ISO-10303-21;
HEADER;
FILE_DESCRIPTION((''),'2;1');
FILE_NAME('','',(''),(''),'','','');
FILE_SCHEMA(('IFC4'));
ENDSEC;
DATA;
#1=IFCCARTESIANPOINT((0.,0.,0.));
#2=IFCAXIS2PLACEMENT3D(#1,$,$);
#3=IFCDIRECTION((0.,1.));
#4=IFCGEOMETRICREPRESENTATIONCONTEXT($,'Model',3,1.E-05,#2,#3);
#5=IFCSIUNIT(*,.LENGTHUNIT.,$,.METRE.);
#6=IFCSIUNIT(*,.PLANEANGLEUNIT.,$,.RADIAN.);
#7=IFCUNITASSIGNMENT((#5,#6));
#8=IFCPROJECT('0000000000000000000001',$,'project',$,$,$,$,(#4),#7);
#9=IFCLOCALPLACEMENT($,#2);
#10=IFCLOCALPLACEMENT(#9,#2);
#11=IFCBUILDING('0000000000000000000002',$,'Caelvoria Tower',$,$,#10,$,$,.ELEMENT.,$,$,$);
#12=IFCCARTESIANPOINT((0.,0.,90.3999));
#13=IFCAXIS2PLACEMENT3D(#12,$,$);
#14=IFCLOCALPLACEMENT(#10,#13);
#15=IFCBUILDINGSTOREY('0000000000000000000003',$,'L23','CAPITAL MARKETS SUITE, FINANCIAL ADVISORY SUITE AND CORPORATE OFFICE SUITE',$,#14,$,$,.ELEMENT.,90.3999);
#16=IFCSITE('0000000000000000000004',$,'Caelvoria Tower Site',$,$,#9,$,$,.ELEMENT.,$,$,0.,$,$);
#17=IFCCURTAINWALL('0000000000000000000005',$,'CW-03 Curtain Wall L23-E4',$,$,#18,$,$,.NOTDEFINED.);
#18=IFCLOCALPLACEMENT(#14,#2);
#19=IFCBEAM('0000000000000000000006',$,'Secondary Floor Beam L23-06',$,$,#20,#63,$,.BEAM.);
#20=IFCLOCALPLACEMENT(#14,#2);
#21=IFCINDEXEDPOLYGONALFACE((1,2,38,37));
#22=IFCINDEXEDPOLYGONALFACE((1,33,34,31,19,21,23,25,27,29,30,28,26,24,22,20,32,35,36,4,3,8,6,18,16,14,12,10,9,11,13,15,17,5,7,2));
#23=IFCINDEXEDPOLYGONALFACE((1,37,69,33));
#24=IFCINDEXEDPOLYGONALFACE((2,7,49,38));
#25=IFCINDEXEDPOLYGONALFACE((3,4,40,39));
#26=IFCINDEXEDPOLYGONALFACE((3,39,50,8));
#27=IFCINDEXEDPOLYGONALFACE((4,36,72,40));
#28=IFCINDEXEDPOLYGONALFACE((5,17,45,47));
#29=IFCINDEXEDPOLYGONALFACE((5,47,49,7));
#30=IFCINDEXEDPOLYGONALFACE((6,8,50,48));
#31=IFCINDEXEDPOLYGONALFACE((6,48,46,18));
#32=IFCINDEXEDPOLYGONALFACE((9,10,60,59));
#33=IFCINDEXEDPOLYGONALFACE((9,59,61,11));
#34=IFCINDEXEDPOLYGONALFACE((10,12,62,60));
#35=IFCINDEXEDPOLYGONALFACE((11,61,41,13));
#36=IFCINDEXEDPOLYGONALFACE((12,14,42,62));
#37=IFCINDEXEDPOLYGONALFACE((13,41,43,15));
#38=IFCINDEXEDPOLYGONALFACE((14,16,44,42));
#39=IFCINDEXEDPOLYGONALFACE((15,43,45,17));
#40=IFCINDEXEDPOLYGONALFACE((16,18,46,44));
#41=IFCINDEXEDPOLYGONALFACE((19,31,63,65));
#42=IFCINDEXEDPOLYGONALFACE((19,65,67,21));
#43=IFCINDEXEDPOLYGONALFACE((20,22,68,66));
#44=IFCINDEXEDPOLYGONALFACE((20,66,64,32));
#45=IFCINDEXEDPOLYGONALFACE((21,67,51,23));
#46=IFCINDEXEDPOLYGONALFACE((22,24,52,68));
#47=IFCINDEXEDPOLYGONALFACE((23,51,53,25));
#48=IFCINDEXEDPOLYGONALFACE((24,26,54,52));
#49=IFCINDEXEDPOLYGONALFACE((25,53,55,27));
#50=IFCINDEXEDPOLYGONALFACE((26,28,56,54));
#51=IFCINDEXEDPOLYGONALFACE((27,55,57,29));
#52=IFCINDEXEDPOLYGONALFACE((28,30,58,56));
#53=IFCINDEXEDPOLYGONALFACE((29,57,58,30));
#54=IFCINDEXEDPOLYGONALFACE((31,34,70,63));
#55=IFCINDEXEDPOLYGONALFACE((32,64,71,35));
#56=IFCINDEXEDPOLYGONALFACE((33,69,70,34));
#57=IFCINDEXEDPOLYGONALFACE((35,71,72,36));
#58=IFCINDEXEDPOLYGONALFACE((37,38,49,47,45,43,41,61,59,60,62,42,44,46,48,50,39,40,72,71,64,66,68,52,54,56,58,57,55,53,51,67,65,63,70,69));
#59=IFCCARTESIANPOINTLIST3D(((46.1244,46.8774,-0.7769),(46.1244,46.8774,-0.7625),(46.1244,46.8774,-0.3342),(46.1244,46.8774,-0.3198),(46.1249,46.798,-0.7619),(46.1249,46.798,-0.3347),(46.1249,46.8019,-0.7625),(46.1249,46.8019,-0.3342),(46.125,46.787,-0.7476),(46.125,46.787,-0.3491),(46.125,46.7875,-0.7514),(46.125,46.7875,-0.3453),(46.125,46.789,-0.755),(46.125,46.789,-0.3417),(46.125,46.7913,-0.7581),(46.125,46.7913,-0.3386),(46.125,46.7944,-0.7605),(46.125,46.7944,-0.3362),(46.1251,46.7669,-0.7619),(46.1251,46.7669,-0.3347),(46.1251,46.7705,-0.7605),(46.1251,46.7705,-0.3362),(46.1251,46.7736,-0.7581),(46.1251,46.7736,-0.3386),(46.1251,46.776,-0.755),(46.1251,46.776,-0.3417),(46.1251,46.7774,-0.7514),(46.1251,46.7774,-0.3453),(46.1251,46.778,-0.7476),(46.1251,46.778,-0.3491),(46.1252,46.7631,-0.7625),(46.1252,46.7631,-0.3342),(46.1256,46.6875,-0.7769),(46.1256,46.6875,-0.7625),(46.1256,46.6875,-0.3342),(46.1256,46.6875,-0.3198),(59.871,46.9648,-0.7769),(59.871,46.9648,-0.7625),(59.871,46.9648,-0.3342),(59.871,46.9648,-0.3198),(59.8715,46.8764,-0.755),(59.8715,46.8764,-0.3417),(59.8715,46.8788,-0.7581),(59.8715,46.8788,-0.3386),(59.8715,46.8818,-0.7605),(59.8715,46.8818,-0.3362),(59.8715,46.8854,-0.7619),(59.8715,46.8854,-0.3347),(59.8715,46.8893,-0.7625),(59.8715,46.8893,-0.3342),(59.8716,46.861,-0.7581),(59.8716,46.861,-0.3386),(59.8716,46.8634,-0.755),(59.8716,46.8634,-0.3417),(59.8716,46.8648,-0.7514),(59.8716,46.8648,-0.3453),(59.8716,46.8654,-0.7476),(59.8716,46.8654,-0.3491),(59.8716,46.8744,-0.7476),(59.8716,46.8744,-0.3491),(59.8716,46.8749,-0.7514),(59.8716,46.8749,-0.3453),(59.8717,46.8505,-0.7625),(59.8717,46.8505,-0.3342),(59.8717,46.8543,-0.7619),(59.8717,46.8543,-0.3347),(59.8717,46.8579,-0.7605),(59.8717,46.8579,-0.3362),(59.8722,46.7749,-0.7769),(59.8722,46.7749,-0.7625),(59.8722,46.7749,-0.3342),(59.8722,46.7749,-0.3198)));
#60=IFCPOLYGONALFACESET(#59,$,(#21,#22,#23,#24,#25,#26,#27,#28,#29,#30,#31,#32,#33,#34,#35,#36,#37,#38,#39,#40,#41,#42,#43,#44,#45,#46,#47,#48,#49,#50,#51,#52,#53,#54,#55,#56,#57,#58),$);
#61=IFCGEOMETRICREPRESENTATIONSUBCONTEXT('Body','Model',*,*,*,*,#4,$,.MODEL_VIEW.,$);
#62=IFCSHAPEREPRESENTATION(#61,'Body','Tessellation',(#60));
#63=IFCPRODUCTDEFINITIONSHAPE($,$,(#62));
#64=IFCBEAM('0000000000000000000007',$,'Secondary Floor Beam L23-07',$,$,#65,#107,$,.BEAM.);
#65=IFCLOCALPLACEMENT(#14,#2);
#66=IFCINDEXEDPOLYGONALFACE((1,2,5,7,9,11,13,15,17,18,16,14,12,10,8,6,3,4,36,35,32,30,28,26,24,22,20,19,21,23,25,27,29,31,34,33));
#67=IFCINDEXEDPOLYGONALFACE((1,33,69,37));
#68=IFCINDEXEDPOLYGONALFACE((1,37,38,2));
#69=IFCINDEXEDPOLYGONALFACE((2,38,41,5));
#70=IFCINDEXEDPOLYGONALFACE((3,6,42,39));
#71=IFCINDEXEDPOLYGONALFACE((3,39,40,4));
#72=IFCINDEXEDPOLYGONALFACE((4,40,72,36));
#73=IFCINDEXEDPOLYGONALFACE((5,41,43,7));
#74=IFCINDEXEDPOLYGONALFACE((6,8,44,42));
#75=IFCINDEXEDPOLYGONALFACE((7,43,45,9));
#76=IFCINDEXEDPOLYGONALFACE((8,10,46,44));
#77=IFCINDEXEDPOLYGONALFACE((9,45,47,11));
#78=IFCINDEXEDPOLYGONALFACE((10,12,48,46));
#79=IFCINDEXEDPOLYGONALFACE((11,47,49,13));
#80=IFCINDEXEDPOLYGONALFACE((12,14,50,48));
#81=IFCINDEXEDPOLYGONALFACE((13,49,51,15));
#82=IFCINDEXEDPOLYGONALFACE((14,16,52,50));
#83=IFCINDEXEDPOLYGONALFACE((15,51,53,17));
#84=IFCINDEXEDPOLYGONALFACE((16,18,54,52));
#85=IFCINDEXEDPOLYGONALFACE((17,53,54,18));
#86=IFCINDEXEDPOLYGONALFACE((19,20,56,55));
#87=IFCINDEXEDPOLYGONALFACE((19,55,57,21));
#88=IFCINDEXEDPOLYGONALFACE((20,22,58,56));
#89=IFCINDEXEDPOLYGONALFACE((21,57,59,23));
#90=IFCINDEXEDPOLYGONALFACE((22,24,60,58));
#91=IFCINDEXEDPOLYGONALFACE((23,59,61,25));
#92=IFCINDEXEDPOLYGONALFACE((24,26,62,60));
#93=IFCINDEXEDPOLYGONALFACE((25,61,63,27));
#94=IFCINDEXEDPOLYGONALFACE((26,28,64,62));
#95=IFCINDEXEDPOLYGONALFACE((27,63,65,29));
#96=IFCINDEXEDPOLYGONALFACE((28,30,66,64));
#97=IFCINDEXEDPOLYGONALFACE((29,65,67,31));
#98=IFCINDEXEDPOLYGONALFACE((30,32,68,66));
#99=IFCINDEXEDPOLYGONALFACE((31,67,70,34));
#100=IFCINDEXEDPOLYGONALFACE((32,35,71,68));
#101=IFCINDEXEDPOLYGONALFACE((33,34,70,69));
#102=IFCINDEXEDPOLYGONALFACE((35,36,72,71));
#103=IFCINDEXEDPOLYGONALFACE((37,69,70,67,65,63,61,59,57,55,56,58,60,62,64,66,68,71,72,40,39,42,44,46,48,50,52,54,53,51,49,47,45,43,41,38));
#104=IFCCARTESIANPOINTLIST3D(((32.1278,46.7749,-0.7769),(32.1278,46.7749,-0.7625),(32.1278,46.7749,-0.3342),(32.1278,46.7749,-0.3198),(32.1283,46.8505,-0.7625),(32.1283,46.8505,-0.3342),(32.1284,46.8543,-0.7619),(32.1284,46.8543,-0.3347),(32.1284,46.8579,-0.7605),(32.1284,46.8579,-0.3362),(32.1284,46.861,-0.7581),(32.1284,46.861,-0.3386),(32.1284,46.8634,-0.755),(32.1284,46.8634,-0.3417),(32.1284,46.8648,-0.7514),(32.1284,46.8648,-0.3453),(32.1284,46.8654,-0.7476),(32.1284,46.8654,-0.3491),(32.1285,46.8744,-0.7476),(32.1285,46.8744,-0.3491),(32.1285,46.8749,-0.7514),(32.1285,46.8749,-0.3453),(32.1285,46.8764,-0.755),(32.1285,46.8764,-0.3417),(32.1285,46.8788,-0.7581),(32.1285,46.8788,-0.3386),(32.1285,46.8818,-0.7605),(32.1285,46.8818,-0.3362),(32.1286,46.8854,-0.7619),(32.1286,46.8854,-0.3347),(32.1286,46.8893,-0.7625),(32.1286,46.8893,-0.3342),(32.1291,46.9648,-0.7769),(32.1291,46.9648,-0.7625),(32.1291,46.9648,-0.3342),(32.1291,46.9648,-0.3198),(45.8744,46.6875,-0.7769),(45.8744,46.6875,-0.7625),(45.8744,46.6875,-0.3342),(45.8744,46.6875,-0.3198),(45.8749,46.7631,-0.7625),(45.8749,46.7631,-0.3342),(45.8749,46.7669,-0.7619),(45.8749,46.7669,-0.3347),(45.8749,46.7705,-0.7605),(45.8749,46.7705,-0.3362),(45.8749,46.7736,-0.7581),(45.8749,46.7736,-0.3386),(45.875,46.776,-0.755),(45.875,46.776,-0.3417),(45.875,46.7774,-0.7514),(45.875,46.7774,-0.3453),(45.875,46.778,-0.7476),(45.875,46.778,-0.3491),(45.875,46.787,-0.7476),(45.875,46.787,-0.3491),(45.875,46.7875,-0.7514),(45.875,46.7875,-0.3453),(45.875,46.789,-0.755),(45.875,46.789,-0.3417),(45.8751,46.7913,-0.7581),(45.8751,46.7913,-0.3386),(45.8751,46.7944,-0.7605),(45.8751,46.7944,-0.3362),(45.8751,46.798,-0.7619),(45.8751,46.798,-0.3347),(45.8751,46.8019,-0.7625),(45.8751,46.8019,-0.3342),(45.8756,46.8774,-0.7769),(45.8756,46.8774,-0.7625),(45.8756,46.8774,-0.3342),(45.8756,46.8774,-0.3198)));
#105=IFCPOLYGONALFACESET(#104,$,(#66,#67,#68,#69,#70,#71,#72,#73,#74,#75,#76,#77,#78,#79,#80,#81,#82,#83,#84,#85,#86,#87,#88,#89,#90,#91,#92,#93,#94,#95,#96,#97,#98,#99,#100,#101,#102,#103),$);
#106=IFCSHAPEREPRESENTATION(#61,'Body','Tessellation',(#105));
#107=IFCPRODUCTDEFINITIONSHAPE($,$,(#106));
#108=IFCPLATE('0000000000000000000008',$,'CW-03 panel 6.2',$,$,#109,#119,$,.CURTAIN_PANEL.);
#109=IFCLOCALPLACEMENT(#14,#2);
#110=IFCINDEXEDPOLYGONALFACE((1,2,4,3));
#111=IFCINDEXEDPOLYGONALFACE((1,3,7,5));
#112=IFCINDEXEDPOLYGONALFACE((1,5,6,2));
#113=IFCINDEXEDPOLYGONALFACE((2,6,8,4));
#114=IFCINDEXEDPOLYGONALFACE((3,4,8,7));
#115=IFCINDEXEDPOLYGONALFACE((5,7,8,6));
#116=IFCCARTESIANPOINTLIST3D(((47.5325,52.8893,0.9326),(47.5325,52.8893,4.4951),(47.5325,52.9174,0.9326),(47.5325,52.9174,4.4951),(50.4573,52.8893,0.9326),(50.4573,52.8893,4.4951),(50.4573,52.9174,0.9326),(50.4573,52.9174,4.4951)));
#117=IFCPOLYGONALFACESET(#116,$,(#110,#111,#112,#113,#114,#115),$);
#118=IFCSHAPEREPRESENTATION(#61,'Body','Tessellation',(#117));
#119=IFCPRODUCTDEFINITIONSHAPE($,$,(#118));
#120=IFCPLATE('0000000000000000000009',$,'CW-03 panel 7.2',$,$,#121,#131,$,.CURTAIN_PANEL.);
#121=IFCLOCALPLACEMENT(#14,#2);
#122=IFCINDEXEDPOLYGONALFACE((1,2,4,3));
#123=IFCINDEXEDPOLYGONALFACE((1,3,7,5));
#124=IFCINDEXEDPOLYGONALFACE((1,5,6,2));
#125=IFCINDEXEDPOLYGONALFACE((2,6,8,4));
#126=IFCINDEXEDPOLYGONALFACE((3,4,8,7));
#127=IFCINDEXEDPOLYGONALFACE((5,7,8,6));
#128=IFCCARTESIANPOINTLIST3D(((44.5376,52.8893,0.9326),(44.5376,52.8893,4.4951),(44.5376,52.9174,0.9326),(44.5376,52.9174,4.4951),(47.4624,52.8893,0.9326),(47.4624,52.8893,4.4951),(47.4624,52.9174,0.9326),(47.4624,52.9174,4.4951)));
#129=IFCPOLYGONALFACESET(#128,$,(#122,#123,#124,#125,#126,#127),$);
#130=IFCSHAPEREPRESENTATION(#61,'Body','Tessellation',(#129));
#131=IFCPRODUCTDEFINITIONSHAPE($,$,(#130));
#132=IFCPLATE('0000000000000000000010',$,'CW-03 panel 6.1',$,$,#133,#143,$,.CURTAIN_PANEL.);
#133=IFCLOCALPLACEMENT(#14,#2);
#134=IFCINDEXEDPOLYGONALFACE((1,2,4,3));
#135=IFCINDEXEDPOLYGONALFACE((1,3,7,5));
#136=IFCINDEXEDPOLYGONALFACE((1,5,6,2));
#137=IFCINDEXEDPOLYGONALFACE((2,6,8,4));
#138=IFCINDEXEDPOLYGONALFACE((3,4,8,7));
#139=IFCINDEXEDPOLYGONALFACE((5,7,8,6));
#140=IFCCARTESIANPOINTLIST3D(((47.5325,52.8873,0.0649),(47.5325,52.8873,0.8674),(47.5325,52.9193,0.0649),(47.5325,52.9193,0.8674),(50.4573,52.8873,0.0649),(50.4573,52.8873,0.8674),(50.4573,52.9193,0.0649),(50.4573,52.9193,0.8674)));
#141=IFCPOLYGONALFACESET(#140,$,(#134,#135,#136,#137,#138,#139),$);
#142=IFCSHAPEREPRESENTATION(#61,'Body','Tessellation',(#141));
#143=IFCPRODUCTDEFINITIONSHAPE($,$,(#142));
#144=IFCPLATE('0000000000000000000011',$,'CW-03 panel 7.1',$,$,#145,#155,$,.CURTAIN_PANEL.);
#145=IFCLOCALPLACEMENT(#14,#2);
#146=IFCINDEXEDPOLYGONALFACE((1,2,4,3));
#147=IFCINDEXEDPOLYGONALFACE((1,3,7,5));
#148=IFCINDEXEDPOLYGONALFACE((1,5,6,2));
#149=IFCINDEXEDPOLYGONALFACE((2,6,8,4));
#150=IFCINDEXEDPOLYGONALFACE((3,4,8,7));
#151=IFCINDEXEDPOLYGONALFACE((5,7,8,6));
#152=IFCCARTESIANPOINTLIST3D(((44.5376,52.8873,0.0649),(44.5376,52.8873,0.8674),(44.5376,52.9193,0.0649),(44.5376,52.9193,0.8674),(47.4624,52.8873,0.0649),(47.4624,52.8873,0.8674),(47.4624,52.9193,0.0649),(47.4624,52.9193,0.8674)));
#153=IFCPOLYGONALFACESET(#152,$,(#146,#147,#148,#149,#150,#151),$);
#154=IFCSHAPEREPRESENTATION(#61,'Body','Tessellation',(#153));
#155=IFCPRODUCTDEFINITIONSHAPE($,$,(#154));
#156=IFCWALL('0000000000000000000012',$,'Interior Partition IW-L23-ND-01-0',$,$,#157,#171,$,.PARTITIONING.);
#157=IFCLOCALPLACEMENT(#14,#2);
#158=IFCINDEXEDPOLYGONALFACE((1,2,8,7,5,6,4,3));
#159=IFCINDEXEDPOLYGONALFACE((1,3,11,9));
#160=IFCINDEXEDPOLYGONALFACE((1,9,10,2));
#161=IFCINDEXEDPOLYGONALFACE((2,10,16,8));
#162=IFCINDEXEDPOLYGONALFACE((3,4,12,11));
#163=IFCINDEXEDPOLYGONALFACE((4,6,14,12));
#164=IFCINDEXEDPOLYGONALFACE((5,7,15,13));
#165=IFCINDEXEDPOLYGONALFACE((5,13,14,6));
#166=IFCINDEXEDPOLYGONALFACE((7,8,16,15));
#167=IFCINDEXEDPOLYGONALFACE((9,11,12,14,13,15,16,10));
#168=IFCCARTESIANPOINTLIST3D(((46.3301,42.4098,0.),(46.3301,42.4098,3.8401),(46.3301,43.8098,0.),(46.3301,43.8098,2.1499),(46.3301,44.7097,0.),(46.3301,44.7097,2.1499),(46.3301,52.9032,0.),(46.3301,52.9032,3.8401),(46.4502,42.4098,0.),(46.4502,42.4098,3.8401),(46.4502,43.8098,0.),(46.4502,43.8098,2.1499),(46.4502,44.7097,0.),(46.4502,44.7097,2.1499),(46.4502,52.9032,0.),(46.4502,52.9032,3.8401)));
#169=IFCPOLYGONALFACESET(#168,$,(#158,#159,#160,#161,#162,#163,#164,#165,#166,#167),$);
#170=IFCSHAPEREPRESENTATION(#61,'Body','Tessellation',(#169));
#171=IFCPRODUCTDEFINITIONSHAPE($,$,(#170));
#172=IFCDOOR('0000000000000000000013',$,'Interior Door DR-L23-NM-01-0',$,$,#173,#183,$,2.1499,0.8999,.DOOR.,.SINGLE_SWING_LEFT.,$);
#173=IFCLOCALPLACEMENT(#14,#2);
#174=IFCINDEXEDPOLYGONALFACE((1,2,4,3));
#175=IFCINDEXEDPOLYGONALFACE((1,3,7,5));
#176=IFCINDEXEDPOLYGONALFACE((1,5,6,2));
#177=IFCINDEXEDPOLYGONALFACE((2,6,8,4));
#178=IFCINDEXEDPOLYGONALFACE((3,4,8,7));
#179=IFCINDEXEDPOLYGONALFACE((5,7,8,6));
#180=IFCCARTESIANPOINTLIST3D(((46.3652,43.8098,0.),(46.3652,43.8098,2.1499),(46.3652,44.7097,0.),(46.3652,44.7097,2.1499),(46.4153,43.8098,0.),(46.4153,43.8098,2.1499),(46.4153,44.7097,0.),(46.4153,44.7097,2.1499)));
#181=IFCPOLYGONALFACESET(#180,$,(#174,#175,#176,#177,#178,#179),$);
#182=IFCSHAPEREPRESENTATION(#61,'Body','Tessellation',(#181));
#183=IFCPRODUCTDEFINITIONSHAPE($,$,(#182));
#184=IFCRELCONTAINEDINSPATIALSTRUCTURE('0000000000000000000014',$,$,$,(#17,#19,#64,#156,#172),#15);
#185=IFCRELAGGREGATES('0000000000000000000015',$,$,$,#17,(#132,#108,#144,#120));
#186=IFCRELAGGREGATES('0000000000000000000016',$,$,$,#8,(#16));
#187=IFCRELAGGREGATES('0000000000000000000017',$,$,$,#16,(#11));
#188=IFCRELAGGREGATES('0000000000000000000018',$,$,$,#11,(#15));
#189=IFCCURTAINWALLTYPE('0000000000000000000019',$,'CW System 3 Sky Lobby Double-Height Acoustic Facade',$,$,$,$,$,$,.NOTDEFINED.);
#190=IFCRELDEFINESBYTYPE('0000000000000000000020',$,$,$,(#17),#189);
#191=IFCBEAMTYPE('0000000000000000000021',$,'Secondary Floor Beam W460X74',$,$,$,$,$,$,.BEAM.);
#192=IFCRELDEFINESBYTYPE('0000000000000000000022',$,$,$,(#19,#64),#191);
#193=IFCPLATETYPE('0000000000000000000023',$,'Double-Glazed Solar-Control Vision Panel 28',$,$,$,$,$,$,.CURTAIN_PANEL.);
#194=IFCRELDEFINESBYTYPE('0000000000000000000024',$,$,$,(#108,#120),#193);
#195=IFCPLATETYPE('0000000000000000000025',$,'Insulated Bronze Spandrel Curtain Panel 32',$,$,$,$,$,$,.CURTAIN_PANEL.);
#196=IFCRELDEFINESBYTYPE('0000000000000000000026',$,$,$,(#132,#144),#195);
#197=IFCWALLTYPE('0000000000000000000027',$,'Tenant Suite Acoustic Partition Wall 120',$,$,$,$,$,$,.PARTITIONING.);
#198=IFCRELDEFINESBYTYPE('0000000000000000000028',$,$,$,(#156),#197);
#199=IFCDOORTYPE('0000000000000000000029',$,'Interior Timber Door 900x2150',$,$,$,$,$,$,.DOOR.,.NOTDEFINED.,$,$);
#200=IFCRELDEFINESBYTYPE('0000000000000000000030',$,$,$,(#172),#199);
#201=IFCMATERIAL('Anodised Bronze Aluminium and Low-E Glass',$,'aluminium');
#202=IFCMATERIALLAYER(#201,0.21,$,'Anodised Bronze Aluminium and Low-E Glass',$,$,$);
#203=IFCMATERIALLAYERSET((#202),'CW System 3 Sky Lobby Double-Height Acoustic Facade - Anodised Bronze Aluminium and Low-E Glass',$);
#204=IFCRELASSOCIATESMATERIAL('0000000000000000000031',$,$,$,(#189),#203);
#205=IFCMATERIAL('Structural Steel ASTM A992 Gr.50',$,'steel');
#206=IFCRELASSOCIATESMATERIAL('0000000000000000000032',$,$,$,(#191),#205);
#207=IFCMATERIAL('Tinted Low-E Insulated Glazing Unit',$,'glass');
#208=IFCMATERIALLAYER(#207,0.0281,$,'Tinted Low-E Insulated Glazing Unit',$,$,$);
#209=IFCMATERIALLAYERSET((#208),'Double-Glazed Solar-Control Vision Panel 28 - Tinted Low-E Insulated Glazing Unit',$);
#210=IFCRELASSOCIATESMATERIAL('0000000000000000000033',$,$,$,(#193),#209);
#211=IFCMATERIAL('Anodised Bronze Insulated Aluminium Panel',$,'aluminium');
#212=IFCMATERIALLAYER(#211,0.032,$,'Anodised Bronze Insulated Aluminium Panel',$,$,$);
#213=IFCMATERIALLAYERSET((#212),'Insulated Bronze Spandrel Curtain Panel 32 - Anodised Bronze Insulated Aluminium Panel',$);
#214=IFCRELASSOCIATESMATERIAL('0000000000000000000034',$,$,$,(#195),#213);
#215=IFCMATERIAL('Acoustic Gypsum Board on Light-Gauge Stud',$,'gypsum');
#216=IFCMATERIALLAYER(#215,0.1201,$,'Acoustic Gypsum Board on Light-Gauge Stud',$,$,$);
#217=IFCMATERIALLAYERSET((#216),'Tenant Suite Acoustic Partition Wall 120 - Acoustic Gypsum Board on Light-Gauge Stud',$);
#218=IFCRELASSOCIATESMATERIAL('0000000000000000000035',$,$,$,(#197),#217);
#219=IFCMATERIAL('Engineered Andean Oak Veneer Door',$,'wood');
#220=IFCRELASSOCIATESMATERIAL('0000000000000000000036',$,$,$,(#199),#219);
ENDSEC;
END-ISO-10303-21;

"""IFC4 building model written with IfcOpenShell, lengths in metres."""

from ifc_helpers import new_model, si_unit, direction, frame, frame_2d, origin, origin_2d, place, context, subcontext, project, spatial, rectangle, i_section, extrude, material, layer, layer_set, material_profile, profile_set, type_object, element, fill, aggregate, save


model = new_model("IFC4")

# Units and contexts
model_context = context("Model", 3, precision=1e-05, world=origin(), true_north=direction((0.0, 1.0)))
body_context = subcontext(model_context, "Body", "Model", "MODEL_VIEW")
ifc_project = project(units=[si_unit("LENGTHUNIT", "METRE"), si_unit("PLANEANGLEUNIT", "RADIAN")], contexts=[model_context])

# Site, building, storey
site_placement = place(None, origin())
site = spatial("IfcSite", under=ifc_project, at=site_placement, Name="Caelvoria Tower Site", CompositionType="ELEMENT", RefElevation=0.0)
building_placement = place(site_placement, origin())
building = spatial("IfcBuilding", under=site, at=building_placement, Name="Caelvoria Tower", CompositionType="ELEMENT")
storey_placement = place(building_placement, frame((0.0, 0.0, 90.3999)))
storey = spatial("IfcBuildingStorey", under=building, at=storey_placement, Name="L23", Description="CAPITAL MARKETS SUITE, FINANCIAL ADVISORY SUITE AND CORPORATE OFFICE SUITE", CompositionType="ELEMENT", Elevation=90.3999)

# Curtain wall
ifc_material_1 = material(Name="Anodised Bronze Aluminium and Low-E Glass", Category="aluminium")
ifc_layer_1 = layer(ifc_material_1, 0.21, Name="Anodised Bronze Aluminium and Low-E Glass")
ifc_layer_set_1 = layer_set([ifc_layer_1], Name="CW System 3 Sky Lobby Double-Height Acoustic Facade - Anodised Bronze Aluminium and Low-E Glass")
curtain_wall_type = type_object("IfcCurtainWallType", Name="CW System 3 Sky Lobby Double-Height Acoustic Facade", PredefinedType="NOTDEFINED", material=ifc_layer_set_1)
curtain_wall_placement = place(storey_placement, origin())
curtain_wall = element("IfcCurtainWall", 1, at=curtain_wall_placement, inside=storey, type_object=curtain_wall_type, Name="CW-03 Curtain Wall L23-E4", PredefinedType="NOTDEFINED")

# Beams
ifc_material_2 = material(Name="Structural Steel ASTM A992 Gr.50", Category="steel")
ifc_material_profile_1 = material_profile(ifc_material_2, i_section(OverallWidth=0.1899, OverallDepth=0.457, WebThickness=0.009, FlangeThickness=0.0144, FilletRadius=0.0149, at=origin_2d()), Name="Structural Steel ASTM A992 Gr.50")
ifc_profile_set_1 = profile_set([ifc_material_profile_1], Name="W460X74 - Structural Steel ASTM A992 Gr.50")
beam_type = type_object("IfcBeamType", Name="Secondary Floor Beam W460X74", PredefinedType="BEAM", material=ifc_profile_set_1)
for number, where, z_axis, x_axis, name in (
    (2, (59.8716, 46.8699, -0.5483), (-0.99998, -0.006358, 0.0), (0.006358, -0.99998, 0.0), "Secondary Floor Beam L23-06"),
    (3, (45.875, 46.7825, -0.5483), (-0.99998, 0.006358, 0.0), (-0.006358, -0.99998, 0.0), "Secondary Floor Beam L23-07"),
):
    element("IfcBeam", number, at=place(storey_placement, frame(where, z_axis=z_axis, x_axis=x_axis)), inside=storey, type_object=beam_type, Name=name, PredefinedType="BEAM", context=body_context, shape_type="SweptSolid", body=[
        extrude(i_section(OverallWidth=0.1899, OverallDepth=0.457, WebThickness=0.009, FlangeThickness=0.0144, FilletRadius=0.0149, at=origin_2d()), origin(), (0.0, 0.0, 1.0), 13.7468),
    ])

# Plates
ifc_material_3 = material(Name="Tinted Low-E Insulated Glazing Unit", Category="glass")
ifc_layer_2 = layer(ifc_material_3, 0.0281, Name="Tinted Low-E Insulated Glazing Unit")
ifc_layer_set_2 = layer_set([ifc_layer_2], Name="Double-Glazed Solar-Control Vision Panel 28 - Tinted Low-E Insulated Glazing Unit")
plate_type_1 = type_object("IfcPlateType", Name="Double-Glazed Solar-Control Vision Panel 28", PredefinedType="CURTAIN_PANEL", material=ifc_layer_set_2)
plate_1_placement = place(storey_placement, frame((48.9949, 52.9033, 0.9326), z_axis=(0.0, 0.0, 1.0), x_axis=(-1.0, 0.0, 0.0)))
plate_1 = element("IfcPlate", 4, at=plate_1_placement, type_object=plate_type_1, Name="CW-03 panel 6.2", PredefinedType="CURTAIN_PANEL", context=body_context, shape_type="SweptSolid", body=[
    extrude(rectangle(XDim=2.9248, YDim=0.0281, at=origin_2d()), origin(), (0.0, 0.0, 1.0), 3.5625),
])
plate_2_placement = place(storey_placement, frame((46.0, 52.9033, 0.9326), z_axis=(0.0, 0.0, 1.0), x_axis=(-1.0, 0.0, 0.0)))
plate_2 = element("IfcPlate", 5, at=plate_2_placement, type_object=plate_type_1, Name="CW-03 panel 7.2", PredefinedType="CURTAIN_PANEL", context=body_context, shape_type="SweptSolid", body=[
    extrude(rectangle(XDim=2.9248, YDim=0.0281, at=origin_2d()), origin(), (0.0, 0.0, 1.0), 3.5625),
])
ifc_material_4 = material(Name="Anodised Bronze Insulated Aluminium Panel", Category="aluminium")
ifc_layer_3 = layer(ifc_material_4, 0.032, Name="Anodised Bronze Insulated Aluminium Panel")
ifc_layer_set_3 = layer_set([ifc_layer_3], Name="Insulated Bronze Spandrel Curtain Panel 32 - Anodised Bronze Insulated Aluminium Panel")
plate_type_2 = type_object("IfcPlateType", Name="Insulated Bronze Spandrel Curtain Panel 32", PredefinedType="CURTAIN_PANEL", material=ifc_layer_set_3)
plate_3_placement = place(storey_placement, frame((48.9949, 52.9033, 0.0649), z_axis=(0.0, 0.0, 1.0), x_axis=(-1.0, 0.0, 0.0)))
plate_3 = element("IfcPlate", 6, at=plate_3_placement, type_object=plate_type_2, Name="CW-03 panel 6.1", PredefinedType="CURTAIN_PANEL", context=body_context, shape_type="SweptSolid", body=[
    extrude(rectangle(XDim=2.9248, YDim=0.032, at=origin_2d()), origin(), (0.0, 0.0, 1.0), 0.8025),
])
plate_4_placement = place(storey_placement, frame((46.0, 52.9033, 0.0649), z_axis=(0.0, 0.0, 1.0), x_axis=(-1.0, 0.0, 0.0)))
plate_4 = element("IfcPlate", 7, at=plate_4_placement, type_object=plate_type_2, Name="CW-03 panel 7.1", PredefinedType="CURTAIN_PANEL", context=body_context, shape_type="SweptSolid", body=[
    extrude(rectangle(XDim=2.9248, YDim=0.032, at=origin_2d()), origin(), (0.0, 0.0, 1.0), 0.8025),
])
aggregate(curtain_wall, [plate_3, plate_1, plate_4, plate_2])

# Wall, opening, door
ifc_material_5 = material(Name="Acoustic Gypsum Board on Light-Gauge Stud", Category="gypsum")
ifc_layer_4 = layer(ifc_material_5, 0.1201, Name="Acoustic Gypsum Board on Light-Gauge Stud")
ifc_layer_set_4 = layer_set([ifc_layer_4], Name="Tenant Suite Acoustic Partition Wall 120 - Acoustic Gypsum Board on Light-Gauge Stud")
wall_type = type_object("IfcWallType", Name="Tenant Suite Acoustic Partition Wall 120", PredefinedType="PARTITIONING", material=ifc_layer_set_4)
wall_1_placement = place(storey_placement, frame((46.3901, 42.4099, 0.0), z_axis=(0.0, 0.0, 1.0), x_axis=(0.0, 1.0, 0.0)))
wall_1 = element("IfcWall", 8, at=wall_1_placement, inside=storey, type_object=wall_type, Name="Interior Partition IW-L23-ND-01-0", PredefinedType="PARTITIONING", context=body_context, shape_type="SweptSolid", body=[
    extrude(rectangle(XDim=10.4934, YDim=0.1201, at=frame_2d((5.2466, 0.0))), origin(), (0.0, 0.0, 1.0), 3.8401),
])
opening_1_placement = place(wall_1_placement, frame((1.3999, 0.0, 0.0)))
opening_1 = element("IfcOpeningElement", 9, at=opening_1_placement, cuts=wall_1, PredefinedType="OPENING", context=body_context, shape_type="SweptSolid", body=[
    extrude(rectangle(XDim=0.8999, YDim=2.1499, at=frame_2d((0.45, 1.075))), frame((0.0, 0.0701, 0.0), z_axis=(0.0, -1.0, 0.0), x_axis=(1.0, 0.0, 0.0)), (0.0, 0.0, 1.0), 0.1401),
])
ifc_material_6 = material(Name="Engineered Andean Oak Veneer Door", Category="wood")
door_type = type_object("IfcDoorType", Name="Interior Timber Door 900x2150", OperationType="NOTDEFINED", PredefinedType="DOOR", material=ifc_material_6)
door_1_placement = place(opening_1_placement, origin())
door_1 = element("IfcDoor", 10, at=door_1_placement, inside=storey, type_object=door_type, Name="Interior Door DR-L23-NM-01-0", OperationType="SINGLE_SWING_LEFT", OverallHeight=2.1499, OverallWidth=0.8999, PredefinedType="DOOR", context=body_context, shape_type="SweptSolid", body=[
    extrude(rectangle(XDim=0.8999, YDim=2.1499, at=frame_2d((0.45, 1.075))), frame((0.0, 0.0249, 0.0), z_axis=(0.0, -1.0, 0.0), x_axis=(1.0, 0.0, 0.0)), (0.0, 0.0, 1.0), 0.05),
])
fill(opening_1, door_1)

save(model, "model.ifc")
